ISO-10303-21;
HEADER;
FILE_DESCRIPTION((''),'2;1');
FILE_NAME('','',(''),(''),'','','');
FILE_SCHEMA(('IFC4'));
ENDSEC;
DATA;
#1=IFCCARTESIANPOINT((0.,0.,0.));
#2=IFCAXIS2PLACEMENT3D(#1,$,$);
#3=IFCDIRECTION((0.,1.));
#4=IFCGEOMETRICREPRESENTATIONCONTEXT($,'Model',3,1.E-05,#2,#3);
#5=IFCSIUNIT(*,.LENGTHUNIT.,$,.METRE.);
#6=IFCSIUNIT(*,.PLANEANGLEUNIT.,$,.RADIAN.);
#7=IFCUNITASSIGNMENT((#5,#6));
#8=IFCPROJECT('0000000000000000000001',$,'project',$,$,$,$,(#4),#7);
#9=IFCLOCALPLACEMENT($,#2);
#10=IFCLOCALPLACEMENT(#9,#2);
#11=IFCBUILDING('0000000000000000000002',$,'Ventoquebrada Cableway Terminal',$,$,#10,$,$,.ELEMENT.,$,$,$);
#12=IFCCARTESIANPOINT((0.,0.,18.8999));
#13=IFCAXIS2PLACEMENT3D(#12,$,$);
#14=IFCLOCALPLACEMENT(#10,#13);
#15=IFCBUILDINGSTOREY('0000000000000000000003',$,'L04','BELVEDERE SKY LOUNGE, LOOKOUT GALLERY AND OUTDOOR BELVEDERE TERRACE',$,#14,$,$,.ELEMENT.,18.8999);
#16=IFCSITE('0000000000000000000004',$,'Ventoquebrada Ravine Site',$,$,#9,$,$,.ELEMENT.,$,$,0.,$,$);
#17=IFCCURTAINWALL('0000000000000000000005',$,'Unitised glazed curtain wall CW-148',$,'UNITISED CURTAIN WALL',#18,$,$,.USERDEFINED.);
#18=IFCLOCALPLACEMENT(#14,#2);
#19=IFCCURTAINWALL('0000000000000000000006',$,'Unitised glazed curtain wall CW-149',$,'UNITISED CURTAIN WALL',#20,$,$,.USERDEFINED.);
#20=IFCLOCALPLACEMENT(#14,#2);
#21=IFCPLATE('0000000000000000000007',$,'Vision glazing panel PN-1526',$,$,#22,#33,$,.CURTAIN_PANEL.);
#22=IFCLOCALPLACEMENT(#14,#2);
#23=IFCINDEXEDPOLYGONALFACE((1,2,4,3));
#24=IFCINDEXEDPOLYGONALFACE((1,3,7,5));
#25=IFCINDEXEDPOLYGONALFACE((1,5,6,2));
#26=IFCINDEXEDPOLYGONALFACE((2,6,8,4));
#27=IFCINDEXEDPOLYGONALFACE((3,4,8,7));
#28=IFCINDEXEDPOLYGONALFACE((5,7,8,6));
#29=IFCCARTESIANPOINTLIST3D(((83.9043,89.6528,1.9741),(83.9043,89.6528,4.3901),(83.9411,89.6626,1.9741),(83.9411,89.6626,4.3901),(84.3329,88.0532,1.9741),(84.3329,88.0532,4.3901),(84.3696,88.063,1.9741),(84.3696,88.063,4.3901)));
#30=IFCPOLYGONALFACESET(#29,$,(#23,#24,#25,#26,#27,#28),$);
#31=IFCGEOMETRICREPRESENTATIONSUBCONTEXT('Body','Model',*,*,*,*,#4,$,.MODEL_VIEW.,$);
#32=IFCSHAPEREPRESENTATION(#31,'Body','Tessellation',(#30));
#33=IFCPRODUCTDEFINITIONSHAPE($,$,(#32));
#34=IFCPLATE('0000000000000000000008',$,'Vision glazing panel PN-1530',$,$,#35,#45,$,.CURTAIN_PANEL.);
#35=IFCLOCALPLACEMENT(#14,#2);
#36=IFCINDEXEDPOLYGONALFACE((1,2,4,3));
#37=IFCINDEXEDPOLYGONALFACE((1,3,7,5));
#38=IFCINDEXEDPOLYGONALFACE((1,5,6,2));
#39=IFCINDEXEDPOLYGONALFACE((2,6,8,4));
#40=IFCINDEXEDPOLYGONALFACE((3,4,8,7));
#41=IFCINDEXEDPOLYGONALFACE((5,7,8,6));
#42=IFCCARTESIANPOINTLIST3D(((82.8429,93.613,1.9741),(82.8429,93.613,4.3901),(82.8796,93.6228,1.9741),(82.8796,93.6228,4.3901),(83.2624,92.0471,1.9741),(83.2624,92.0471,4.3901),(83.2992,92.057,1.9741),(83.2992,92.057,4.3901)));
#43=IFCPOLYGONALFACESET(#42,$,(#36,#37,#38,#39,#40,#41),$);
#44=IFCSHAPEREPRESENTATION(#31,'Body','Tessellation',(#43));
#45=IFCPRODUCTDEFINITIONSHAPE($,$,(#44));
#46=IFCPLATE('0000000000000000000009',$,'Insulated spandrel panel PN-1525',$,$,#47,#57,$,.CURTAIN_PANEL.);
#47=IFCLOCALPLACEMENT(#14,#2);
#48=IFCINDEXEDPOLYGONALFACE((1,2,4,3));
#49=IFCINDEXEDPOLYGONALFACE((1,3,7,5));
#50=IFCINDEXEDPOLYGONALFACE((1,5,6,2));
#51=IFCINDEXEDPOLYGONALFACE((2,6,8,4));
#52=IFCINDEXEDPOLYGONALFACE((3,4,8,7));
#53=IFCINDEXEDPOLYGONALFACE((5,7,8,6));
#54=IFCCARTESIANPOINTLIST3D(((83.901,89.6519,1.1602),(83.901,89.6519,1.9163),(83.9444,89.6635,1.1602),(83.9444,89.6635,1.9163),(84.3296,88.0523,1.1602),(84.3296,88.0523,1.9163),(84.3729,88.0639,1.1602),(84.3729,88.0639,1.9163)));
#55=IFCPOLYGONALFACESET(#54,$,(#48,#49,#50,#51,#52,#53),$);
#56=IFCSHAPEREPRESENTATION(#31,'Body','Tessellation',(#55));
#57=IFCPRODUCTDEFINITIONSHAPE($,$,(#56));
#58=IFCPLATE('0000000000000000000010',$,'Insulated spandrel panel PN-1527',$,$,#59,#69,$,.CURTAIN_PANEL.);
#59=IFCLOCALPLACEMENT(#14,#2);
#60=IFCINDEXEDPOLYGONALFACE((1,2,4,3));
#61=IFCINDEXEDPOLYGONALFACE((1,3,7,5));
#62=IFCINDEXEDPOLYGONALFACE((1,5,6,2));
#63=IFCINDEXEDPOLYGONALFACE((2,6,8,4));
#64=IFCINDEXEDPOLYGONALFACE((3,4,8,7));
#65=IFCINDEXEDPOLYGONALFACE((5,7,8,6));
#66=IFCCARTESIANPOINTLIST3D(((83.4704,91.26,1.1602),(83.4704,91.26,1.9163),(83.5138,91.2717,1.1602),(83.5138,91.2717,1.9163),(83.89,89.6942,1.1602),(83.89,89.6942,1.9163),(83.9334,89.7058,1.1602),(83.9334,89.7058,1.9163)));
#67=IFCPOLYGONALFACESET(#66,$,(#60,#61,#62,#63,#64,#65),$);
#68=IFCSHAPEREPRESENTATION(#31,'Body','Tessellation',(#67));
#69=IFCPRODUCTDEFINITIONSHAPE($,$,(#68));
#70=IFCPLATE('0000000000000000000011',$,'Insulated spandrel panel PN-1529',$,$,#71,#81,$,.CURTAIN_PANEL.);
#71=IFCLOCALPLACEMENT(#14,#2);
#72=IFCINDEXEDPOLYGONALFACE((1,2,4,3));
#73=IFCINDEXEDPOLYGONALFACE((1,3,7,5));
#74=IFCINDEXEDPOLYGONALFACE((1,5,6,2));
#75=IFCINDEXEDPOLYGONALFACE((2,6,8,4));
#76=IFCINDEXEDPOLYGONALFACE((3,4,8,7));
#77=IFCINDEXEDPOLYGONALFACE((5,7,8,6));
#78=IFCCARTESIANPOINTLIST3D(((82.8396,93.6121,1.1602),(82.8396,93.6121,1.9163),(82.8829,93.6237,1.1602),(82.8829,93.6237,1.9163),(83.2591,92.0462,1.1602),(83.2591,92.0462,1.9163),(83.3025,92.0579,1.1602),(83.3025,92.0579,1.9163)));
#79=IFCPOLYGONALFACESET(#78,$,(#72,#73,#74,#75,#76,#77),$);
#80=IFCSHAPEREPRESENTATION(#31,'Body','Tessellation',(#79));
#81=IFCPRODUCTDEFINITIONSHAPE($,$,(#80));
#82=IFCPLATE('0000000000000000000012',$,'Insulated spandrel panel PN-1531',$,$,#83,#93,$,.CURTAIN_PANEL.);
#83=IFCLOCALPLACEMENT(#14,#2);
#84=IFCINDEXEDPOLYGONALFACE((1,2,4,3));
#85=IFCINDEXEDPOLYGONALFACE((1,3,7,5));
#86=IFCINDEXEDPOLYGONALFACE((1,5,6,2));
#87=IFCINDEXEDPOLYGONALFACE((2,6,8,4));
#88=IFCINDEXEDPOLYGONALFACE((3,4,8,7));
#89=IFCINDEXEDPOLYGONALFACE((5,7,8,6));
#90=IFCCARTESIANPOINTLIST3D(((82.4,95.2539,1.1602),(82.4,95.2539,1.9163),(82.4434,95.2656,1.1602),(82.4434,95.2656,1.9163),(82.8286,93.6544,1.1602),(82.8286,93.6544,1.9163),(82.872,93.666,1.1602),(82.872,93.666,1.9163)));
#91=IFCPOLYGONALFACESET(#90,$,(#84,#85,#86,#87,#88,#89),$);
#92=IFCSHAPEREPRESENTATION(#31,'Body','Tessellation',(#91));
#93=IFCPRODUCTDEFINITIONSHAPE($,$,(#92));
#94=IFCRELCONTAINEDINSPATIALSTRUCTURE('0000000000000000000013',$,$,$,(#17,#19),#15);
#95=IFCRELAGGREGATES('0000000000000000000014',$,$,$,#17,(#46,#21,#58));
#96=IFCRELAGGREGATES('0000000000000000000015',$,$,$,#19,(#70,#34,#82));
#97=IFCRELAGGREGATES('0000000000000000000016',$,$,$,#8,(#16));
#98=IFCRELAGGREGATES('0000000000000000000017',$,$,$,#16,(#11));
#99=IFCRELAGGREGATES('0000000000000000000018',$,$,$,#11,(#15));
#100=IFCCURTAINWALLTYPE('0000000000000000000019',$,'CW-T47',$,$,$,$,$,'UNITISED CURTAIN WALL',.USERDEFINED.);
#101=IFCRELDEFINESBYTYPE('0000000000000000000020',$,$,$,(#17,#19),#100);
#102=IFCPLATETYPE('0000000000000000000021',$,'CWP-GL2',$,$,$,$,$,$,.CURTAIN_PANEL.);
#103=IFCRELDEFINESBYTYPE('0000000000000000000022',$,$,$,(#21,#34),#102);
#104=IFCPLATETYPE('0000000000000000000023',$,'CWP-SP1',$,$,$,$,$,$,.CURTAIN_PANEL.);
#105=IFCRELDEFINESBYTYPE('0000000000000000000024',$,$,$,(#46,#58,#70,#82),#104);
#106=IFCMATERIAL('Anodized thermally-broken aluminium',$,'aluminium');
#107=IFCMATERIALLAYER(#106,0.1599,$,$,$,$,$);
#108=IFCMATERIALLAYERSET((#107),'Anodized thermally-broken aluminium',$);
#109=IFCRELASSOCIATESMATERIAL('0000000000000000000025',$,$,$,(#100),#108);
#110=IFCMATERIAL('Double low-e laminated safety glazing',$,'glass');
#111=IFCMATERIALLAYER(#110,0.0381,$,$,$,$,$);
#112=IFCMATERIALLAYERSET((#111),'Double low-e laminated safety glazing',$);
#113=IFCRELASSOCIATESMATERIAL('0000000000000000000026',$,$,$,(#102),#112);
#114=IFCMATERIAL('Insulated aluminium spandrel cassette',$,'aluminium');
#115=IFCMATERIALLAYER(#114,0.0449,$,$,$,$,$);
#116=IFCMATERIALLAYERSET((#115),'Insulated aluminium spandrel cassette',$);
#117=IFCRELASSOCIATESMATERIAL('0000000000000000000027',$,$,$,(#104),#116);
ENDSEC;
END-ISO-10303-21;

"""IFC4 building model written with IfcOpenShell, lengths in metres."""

from ifc_helpers import new_model, si_unit, direction, frame, origin, origin_2d, place, context, subcontext, project, spatial, rectangle, extrude, material, layer, layer_set, type_object, element, aggregate, save


model = new_model("IFC4")

# Units and contexts
model_context = context("Model", 3, precision=1e-05, world=origin(), true_north=direction((0.0, 1.0)))
body_context = subcontext(model_context, "Body", "Model", "MODEL_VIEW")
ifc_project = project(units=[si_unit("LENGTHUNIT", "METRE"), si_unit("PLANEANGLEUNIT", "RADIAN")], contexts=[model_context])

# Site, building, storey
site_placement = place(None, origin())
site = spatial("IfcSite", under=ifc_project, at=site_placement, Name="Ventoquebrada Ravine Site", CompositionType="ELEMENT", RefElevation=0.0)
building_placement = place(site_placement, origin())
building = spatial("IfcBuilding", under=site, at=building_placement, Name="Ventoquebrada Cableway Terminal", CompositionType="ELEMENT")
storey_placement = place(building_placement, frame((0.0, 0.0, 18.8999)))
storey = spatial("IfcBuildingStorey", under=building, at=storey_placement, Name="L04", Description="BELVEDERE SKY LOUNGE, LOOKOUT GALLERY AND OUTDOOR BELVEDERE TERRACE", CompositionType="ELEMENT", Elevation=18.8999)

# Curtain walls
ifc_material_1 = material(Name="Anodized thermally-broken aluminium", Category="aluminium")
ifc_layer_1 = layer(ifc_material_1, 0.1599)
ifc_layer_set_1 = layer_set([ifc_layer_1], Name="Anodized thermally-broken aluminium")
curtain_wall_type = type_object("IfcCurtainWallType", Name="CW-T47", ElementType="UNITISED CURTAIN WALL", PredefinedType="USERDEFINED", material=ifc_layer_set_1)
curtain_wall_1_placement = place(storey_placement, origin())
curtain_wall_1 = element("IfcCurtainWall", 1, at=curtain_wall_1_placement, inside=storey, type_object=curtain_wall_type, Name="Unitised glazed curtain wall CW-148", ObjectType="UNITISED CURTAIN WALL", PredefinedType="USERDEFINED")
curtain_wall_2_placement = place(storey_placement, origin())
curtain_wall_2 = element("IfcCurtainWall", 2, at=curtain_wall_2_placement, inside=storey, type_object=curtain_wall_type, Name="Unitised glazed curtain wall CW-149", ObjectType="UNITISED CURTAIN WALL", PredefinedType="USERDEFINED")

# Plates
ifc_material_2 = material(Name="Double low-e laminated safety glazing", Category="glass")
ifc_layer_2 = layer(ifc_material_2, 0.0381)
ifc_layer_set_2 = layer_set([ifc_layer_2], Name="Double low-e laminated safety glazing")
plate_type_1 = type_object("IfcPlateType", Name="CWP-GL2", PredefinedType="CURTAIN_PANEL", material=ifc_layer_set_2)
plate_1_placement = place(storey_placement, frame((84.137, 88.8579, 1.9741), z_axis=(0.0, 0.0, 1.0), x_axis=(-0.258802, 0.96593, 0.0)))
plate_1 = element("IfcPlate", 3, at=plate_1_placement, type_object=plate_type_1, Name="Vision glazing panel PN-1526", PredefinedType="CURTAIN_PANEL", context=body_context, shape_type="SweptSolid", body=[
    extrude(rectangle(XDim=1.656, YDim=0.0381, at=origin_2d()), origin(), (0.0, 0.0, 1.0), 2.416),
])
plate_2_placement = place(storey_placement, frame((83.071, 92.835, 1.9741), z_axis=(0.0, 0.0, 1.0), x_axis=(-0.258836, 0.965921, 0.0)))
plate_2 = element("IfcPlate", 4, at=plate_2_placement, type_object=plate_type_1, Name="Vision glazing panel PN-1530", PredefinedType="CURTAIN_PANEL", context=body_context, shape_type="SweptSolid", body=[
    extrude(rectangle(XDim=1.6211, YDim=0.0381, at=origin_2d()), origin(), (0.0, 0.0, 1.0), 2.416),
])
ifc_material_3 = material(Name="Insulated aluminium spandrel cassette", Category="aluminium")
ifc_layer_3 = layer(ifc_material_3, 0.0449)
ifc_layer_set_3 = layer_set([ifc_layer_3], Name="Insulated aluminium spandrel cassette")
plate_type_2 = type_object("IfcPlateType", Name="CWP-SP1", PredefinedType="CURTAIN_PANEL", material=ifc_layer_set_3)
plate_3_placement = place(storey_placement, frame((84.137, 88.8579, 1.1602), z_axis=(0.0, 0.0, 1.0), x_axis=(-0.258802, 0.96593, 0.0)))
plate_3 = element("IfcPlate", 5, at=plate_3_placement, type_object=plate_type_2, Name="Insulated spandrel panel PN-1525", PredefinedType="CURTAIN_PANEL", context=body_context, shape_type="SweptSolid", body=[
    extrude(rectangle(XDim=1.656, YDim=0.0449, at=origin_2d()), origin(), (0.0, 0.0, 1.0), 0.7561),
])
plate_4_placement = place(storey_placement, frame((83.7019, 90.4829, 1.1602), z_axis=(0.0, 0.0, 1.0), x_axis=(-0.258802, 0.96593, 0.0)))
plate_4 = element("IfcPlate", 6, at=plate_4_placement, type_object=plate_type_2, Name="Insulated spandrel panel PN-1527", PredefinedType="CURTAIN_PANEL", context=body_context, shape_type="SweptSolid", body=[
    extrude(rectangle(XDim=1.6211, YDim=0.0449, at=origin_2d()), origin(), (0.0, 0.0, 1.0), 0.7561),
])
aggregate(curtain_wall_1, [plate_3, plate_1, plate_4])
plate_5_placement = place(storey_placement, frame((83.071, 92.835, 1.1602), z_axis=(0.0, 0.0, 1.0), x_axis=(-0.258836, 0.965921, 0.0)))
plate_5 = element("IfcPlate", 7, at=plate_5_placement, type_object=plate_type_2, Name="Insulated spandrel panel PN-1529", PredefinedType="CURTAIN_PANEL", context=body_context, shape_type="SweptSolid", body=[
    extrude(rectangle(XDim=1.6211, YDim=0.0449, at=origin_2d()), origin(), (0.0, 0.0, 1.0), 0.7561),
])
plate_6_placement = place(storey_placement, frame((82.636, 94.46, 1.1602), z_axis=(0.0, 0.0, 1.0), x_axis=(-0.258836, 0.965921, 0.0)))
plate_6 = element("IfcPlate", 8, at=plate_6_placement, type_object=plate_type_2, Name="Insulated spandrel panel PN-1531", PredefinedType="CURTAIN_PANEL", context=body_context, shape_type="SweptSolid", body=[
    extrude(rectangle(XDim=1.656, YDim=0.0449, at=origin_2d()), origin(), (0.0, 0.0, 1.0), 0.7561),
])
aggregate(curtain_wall_2, [plate_5, plate_2, plate_6])

save(model, "model.ifc")
